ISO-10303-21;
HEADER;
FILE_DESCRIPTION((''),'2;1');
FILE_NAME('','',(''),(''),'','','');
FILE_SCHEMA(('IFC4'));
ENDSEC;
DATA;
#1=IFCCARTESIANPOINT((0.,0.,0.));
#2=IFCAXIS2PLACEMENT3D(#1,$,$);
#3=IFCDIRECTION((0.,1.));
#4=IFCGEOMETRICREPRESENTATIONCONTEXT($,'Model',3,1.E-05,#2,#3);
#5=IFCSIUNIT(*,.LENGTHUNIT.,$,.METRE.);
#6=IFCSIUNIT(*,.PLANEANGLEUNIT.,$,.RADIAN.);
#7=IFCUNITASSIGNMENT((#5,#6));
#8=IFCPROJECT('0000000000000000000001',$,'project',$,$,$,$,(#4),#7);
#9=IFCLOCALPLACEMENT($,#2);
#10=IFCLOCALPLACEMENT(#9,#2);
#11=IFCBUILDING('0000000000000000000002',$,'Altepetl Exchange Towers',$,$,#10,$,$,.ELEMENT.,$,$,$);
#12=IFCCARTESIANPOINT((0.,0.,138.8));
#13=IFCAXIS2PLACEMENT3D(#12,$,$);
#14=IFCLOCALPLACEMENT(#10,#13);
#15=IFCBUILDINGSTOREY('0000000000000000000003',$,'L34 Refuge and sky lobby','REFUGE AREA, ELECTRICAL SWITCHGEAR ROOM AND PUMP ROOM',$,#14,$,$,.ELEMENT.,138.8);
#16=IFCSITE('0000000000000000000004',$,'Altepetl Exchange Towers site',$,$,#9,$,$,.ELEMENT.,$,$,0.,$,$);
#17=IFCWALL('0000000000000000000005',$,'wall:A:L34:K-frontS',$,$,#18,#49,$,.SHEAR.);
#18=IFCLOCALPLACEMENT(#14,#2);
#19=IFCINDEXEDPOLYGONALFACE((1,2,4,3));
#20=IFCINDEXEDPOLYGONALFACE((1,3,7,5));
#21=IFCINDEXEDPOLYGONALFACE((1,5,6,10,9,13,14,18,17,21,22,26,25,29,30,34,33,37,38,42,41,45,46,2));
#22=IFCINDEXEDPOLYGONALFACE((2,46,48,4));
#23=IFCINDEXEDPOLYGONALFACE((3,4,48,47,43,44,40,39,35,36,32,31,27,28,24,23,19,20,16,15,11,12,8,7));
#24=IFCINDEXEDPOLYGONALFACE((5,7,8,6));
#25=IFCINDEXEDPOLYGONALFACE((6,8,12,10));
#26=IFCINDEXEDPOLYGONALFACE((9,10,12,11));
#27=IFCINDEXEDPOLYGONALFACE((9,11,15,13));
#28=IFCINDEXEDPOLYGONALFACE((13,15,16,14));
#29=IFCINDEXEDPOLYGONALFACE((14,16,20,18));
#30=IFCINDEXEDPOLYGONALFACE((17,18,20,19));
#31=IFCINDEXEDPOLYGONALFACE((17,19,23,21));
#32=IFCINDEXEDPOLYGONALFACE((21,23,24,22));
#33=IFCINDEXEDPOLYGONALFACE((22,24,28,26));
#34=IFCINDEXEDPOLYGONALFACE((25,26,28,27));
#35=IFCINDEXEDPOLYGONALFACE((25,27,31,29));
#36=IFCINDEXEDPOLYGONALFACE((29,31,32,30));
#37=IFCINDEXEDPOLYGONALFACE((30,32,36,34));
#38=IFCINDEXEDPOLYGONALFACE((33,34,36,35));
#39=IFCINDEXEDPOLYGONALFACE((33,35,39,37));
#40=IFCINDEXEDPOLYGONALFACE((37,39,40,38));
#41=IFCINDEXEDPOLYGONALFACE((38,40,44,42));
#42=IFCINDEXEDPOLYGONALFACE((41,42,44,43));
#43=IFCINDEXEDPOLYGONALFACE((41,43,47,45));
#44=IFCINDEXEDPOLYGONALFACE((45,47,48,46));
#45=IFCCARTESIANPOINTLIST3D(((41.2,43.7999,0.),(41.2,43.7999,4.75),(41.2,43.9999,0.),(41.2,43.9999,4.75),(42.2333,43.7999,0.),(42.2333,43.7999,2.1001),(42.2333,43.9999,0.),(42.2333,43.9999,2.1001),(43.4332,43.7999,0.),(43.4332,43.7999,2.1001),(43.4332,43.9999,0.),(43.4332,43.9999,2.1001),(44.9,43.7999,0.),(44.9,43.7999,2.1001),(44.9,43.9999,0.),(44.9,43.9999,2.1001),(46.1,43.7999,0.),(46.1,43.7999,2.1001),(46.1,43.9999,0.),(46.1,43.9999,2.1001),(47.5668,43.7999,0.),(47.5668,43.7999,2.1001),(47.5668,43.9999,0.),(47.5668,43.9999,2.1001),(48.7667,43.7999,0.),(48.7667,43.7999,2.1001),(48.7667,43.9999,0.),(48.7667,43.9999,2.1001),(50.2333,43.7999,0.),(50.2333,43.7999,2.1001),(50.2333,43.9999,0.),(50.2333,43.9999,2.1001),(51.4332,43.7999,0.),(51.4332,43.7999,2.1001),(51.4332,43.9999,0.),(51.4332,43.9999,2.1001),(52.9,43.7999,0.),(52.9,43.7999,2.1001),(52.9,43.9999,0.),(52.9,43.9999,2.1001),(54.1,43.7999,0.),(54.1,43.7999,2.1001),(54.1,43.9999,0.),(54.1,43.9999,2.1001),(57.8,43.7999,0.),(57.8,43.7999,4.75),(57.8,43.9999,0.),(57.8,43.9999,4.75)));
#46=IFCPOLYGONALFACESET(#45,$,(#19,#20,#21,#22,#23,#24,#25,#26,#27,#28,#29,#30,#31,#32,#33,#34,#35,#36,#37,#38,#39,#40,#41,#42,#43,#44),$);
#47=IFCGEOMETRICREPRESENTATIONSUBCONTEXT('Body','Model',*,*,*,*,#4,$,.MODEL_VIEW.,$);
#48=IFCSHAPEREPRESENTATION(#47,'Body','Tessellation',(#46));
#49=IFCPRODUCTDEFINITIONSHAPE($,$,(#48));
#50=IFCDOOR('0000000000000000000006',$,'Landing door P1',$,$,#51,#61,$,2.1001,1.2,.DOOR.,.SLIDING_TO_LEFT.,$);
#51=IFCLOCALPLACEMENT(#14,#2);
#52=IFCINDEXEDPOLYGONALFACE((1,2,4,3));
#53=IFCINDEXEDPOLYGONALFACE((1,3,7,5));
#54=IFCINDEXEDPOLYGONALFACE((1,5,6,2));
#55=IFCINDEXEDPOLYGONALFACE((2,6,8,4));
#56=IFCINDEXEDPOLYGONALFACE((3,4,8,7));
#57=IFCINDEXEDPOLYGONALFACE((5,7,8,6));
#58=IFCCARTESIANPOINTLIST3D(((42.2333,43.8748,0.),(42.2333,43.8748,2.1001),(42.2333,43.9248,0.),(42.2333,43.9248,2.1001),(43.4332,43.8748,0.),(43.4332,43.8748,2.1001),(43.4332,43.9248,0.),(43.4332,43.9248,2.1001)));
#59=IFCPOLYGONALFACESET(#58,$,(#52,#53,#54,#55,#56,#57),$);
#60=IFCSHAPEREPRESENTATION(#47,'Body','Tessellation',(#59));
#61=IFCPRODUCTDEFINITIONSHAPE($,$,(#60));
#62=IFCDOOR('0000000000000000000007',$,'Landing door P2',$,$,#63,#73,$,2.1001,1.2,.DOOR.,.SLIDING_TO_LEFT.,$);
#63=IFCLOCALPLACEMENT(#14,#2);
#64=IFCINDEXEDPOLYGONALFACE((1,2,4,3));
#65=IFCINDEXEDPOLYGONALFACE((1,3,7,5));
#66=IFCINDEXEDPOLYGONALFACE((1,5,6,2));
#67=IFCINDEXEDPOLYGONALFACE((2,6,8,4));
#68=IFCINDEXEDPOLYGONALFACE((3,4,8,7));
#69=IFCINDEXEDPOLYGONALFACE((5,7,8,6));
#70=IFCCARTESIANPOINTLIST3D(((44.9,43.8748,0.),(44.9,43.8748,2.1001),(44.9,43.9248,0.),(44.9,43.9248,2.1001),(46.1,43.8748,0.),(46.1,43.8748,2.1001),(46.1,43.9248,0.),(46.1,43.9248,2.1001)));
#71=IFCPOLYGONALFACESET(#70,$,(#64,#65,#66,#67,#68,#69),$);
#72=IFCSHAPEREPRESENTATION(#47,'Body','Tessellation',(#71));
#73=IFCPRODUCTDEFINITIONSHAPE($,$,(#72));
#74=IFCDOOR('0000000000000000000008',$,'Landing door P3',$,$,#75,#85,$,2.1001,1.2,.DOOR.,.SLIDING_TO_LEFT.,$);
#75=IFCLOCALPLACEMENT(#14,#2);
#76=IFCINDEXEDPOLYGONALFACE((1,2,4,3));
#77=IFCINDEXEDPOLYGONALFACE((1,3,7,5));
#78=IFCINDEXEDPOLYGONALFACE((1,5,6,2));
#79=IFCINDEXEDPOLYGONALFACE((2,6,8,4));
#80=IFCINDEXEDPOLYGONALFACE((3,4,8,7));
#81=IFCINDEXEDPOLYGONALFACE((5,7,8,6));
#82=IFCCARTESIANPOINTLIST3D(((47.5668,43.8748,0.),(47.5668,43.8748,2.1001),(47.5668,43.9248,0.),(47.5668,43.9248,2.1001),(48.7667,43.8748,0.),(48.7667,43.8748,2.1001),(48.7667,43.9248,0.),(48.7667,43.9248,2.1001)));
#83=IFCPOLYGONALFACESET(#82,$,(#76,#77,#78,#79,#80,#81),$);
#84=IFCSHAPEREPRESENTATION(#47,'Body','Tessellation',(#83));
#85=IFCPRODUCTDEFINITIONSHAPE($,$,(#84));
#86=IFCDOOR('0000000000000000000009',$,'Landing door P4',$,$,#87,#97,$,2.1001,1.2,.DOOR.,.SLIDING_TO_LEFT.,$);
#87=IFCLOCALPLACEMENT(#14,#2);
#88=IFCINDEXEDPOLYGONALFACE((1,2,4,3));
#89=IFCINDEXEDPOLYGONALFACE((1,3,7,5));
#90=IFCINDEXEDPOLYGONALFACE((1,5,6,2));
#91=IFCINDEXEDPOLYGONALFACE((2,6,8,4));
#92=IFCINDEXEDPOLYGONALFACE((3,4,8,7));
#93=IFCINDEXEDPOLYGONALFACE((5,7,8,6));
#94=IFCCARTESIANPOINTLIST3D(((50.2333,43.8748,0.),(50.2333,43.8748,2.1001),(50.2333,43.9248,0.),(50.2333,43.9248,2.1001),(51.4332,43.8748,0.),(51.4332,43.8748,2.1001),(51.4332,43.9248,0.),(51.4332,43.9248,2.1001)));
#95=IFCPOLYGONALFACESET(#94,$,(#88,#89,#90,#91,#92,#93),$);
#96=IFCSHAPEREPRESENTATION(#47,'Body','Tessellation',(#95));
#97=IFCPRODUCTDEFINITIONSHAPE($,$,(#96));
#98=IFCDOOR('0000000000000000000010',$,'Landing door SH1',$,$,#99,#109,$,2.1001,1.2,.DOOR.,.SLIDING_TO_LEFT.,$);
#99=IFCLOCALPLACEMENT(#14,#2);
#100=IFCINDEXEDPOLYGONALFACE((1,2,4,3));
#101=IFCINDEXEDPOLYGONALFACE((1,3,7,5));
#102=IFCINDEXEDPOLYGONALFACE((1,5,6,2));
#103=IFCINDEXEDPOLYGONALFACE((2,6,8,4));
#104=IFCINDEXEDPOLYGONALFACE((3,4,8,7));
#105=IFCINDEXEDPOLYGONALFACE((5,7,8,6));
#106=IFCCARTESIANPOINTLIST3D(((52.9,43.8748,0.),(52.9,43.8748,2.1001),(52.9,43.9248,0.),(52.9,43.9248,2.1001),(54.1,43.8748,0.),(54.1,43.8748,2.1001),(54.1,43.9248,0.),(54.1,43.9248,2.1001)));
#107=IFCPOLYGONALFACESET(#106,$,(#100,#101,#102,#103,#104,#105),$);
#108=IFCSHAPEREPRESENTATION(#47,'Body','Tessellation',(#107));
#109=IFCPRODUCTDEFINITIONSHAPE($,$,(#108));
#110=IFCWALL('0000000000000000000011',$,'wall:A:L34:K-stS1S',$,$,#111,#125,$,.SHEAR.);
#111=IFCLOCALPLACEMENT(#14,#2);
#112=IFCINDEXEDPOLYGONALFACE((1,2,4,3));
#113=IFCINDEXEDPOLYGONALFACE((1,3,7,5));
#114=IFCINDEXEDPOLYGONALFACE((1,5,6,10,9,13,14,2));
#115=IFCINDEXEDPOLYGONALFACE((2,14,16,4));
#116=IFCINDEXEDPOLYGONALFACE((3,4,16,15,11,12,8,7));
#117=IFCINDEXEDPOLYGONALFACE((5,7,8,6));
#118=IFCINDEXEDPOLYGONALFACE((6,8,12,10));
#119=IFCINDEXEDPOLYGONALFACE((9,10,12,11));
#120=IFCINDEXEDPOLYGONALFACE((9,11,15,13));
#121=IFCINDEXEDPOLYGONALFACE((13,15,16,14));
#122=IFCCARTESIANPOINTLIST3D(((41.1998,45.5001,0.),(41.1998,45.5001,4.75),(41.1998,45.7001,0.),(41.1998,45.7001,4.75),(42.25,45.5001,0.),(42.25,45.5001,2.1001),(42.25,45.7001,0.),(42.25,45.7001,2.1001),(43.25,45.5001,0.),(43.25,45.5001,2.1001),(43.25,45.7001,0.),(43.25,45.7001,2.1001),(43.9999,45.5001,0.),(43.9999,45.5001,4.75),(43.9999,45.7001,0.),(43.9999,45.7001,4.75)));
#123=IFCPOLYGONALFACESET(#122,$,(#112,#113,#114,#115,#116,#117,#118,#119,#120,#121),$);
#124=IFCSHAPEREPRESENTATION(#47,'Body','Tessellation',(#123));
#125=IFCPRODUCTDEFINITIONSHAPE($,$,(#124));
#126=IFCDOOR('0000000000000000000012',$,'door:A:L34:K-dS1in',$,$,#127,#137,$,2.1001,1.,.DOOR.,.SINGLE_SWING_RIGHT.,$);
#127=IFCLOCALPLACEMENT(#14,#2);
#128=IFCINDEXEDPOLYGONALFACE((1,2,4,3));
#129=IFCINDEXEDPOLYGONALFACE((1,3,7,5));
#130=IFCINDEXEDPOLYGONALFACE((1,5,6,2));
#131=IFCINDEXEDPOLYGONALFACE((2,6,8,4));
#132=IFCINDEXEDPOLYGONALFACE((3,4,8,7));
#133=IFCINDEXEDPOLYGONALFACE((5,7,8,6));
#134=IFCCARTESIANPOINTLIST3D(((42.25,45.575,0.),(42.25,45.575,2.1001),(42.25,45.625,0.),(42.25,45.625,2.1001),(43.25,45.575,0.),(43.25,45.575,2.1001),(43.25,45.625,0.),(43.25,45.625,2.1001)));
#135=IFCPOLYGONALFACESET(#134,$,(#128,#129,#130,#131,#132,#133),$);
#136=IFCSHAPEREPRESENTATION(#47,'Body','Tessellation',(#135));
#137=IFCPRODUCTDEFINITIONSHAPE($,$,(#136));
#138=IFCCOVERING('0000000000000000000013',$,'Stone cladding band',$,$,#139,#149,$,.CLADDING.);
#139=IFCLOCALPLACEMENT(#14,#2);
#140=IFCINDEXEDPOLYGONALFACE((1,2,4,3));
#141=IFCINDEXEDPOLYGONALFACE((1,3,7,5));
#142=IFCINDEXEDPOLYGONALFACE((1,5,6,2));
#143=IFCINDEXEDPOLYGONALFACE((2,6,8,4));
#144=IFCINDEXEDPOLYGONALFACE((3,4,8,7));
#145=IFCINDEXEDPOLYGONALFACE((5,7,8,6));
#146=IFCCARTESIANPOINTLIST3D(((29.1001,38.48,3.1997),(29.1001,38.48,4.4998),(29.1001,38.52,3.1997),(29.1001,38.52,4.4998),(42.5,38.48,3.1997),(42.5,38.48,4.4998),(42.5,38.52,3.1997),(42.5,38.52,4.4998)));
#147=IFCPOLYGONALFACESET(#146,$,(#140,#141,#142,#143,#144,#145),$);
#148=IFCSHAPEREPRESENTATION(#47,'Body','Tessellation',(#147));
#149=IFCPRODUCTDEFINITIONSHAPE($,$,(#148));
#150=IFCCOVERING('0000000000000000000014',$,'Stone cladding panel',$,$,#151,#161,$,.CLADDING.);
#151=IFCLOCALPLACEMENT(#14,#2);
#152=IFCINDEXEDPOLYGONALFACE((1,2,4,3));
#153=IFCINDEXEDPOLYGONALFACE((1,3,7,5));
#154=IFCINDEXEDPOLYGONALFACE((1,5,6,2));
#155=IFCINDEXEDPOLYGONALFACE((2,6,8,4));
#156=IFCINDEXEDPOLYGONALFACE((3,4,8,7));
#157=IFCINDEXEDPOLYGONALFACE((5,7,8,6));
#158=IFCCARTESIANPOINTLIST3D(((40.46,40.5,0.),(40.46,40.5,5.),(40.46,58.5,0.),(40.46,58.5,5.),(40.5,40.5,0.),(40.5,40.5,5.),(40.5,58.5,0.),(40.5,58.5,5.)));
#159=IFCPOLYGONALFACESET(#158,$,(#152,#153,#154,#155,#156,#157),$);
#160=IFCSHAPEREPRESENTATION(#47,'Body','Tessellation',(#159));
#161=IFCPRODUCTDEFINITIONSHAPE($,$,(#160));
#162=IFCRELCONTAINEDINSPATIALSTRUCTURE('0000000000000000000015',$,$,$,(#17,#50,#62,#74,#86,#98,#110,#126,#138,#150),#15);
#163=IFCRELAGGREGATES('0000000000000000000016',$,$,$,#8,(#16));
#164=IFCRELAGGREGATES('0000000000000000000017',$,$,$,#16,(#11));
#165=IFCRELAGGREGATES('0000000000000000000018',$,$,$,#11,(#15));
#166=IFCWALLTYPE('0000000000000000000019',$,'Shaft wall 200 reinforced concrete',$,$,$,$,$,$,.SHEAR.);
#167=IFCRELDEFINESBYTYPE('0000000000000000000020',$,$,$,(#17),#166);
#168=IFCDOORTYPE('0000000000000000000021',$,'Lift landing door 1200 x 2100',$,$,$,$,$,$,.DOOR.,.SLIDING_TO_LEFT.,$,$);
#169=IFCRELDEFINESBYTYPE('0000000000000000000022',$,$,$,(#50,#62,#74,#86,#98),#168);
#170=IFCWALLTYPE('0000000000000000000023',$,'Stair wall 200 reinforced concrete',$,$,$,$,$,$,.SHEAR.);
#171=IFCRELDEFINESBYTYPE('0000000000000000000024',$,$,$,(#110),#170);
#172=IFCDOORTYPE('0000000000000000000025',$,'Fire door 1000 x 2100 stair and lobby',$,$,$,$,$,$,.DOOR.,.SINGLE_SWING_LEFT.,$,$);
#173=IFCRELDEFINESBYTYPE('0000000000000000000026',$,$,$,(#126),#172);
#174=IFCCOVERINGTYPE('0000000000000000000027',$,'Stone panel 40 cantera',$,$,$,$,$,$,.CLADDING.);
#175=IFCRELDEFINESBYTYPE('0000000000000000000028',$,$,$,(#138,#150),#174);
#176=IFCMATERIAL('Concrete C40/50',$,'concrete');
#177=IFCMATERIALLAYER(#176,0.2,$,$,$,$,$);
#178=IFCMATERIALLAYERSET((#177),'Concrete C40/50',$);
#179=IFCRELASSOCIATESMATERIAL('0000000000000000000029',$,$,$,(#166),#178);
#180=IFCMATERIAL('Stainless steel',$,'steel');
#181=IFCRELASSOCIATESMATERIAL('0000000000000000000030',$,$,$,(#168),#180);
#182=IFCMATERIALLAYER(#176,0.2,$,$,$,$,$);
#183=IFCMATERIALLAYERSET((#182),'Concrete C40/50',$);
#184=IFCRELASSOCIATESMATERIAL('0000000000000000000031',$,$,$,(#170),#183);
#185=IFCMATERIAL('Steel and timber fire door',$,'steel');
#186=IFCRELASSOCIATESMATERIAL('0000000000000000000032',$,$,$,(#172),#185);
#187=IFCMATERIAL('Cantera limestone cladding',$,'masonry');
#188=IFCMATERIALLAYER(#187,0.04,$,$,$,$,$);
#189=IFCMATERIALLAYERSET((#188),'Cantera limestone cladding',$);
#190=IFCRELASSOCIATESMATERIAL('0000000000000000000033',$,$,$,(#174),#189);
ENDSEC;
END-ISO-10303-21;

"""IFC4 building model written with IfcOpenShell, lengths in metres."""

from ifc_helpers import new_model, si_unit, direction, frame, frame_2d, origin, origin_2d, place, context, subcontext, project, spatial, rectangle, extrude, material, layer, layer_set, type_object, element, fill, save


model = new_model("IFC4")

# Units and contexts
model_context = context("Model", 3, precision=1e-05, world=origin(), true_north=direction((0.0, 1.0)))
body_context = subcontext(model_context, "Body", "Model", "MODEL_VIEW")
ifc_project = project(units=[si_unit("LENGTHUNIT", "METRE"), si_unit("PLANEANGLEUNIT", "RADIAN")], contexts=[model_context])

# Site, building, storey
site_placement = place(None, origin())
site = spatial("IfcSite", under=ifc_project, at=site_placement, Name="Altepetl Exchange Towers site", CompositionType="ELEMENT", RefElevation=0.0)
building_placement = place(site_placement, origin())
building = spatial("IfcBuilding", under=site, at=building_placement, Name="Altepetl Exchange Towers", CompositionType="ELEMENT")
storey_placement = place(building_placement, frame((0.0, 0.0, 138.8)))
storey = spatial("IfcBuildingStorey", under=building, at=storey_placement, Name="L34 Refuge and sky lobby", Description="REFUGE AREA, ELECTRICAL SWITCHGEAR ROOM AND PUMP ROOM", CompositionType="ELEMENT", Elevation=138.8)

# Shared definitions
ifc_material_1 = material(Name="Cantera limestone cladding", Category="masonry")

# Wall, openings, doors
ifc_material_2 = material(Name="Concrete C40/50", Category="concrete")
ifc_layer_1 = layer(ifc_material_2, 0.2)
ifc_layer_set_1 = layer_set([ifc_layer_1], Name="Concrete C40/50")
wall_type_1 = type_object("IfcWallType", Name="Shaft wall 200 reinforced concrete", PredefinedType="SHEAR", material=ifc_layer_set_1)
wall_1_placement = place(storey_placement, frame((41.2, 43.8999, 0.0)))
wall_1 = element("IfcWall", 1, at=wall_1_placement, inside=storey, type_object=wall_type_1, Name="wall:A:L34:K-frontS", PredefinedType="SHEAR", context=body_context, shape_type="SweptSolid", body=[
    extrude(rectangle(XDim=16.6001, YDim=0.2, at=frame_2d((8.3, 0.0))), origin(), (0.0, 0.0, 1.0), 4.75),
])
opening_1_placement = place(wall_1_placement, frame((1.0332, 0.0, 0.0)))
opening_1 = element("IfcOpeningElement", 2, at=opening_1_placement, cuts=wall_1, PredefinedType="OPENING", context=body_context, shape_type="SweptSolid", body=[
    extrude(rectangle(XDim=1.2, YDim=2.1001, at=frame_2d((0.6001, 1.05))), frame((0.0, 0.1099, 0.0), z_axis=(0.0, -1.0, 0.0), x_axis=(1.0, 0.0, 0.0)), (0.0, 0.0, 1.0), 0.22),
])
opening_2_placement = place(wall_1_placement, frame((3.7, 0.0, 0.0)))
opening_2 = element("IfcOpeningElement", 3, at=opening_2_placement, cuts=wall_1, PredefinedType="OPENING", context=body_context, shape_type="SweptSolid", body=[
    extrude(rectangle(XDim=1.2, YDim=2.1001, at=frame_2d((0.6001, 1.05))), frame((0.0, 0.1099, 0.0), z_axis=(0.0, -1.0, 0.0), x_axis=(1.0, 0.0, 0.0)), (0.0, 0.0, 1.0), 0.22),
])
opening_3_placement = place(wall_1_placement, frame((6.3667, 0.0, 0.0)))
opening_3 = element("IfcOpeningElement", 4, at=opening_3_placement, cuts=wall_1, PredefinedType="OPENING", context=body_context, shape_type="SweptSolid", body=[
    extrude(rectangle(XDim=1.2, YDim=2.1001, at=frame_2d((0.6001, 1.05))), frame((0.0, 0.1099, 0.0), z_axis=(0.0, -1.0, 0.0), x_axis=(1.0, 0.0, 0.0)), (0.0, 0.0, 1.0), 0.22),
])
opening_4_placement = place(wall_1_placement, frame((9.0332, 0.0, 0.0)))
opening_4 = element("IfcOpeningElement", 5, at=opening_4_placement, cuts=wall_1, PredefinedType="OPENING", context=body_context, shape_type="SweptSolid", body=[
    extrude(rectangle(XDim=1.2, YDim=2.1001, at=frame_2d((0.6001, 1.05))), frame((0.0, 0.1099, 0.0), z_axis=(0.0, -1.0, 0.0), x_axis=(1.0, 0.0, 0.0)), (0.0, 0.0, 1.0), 0.22),
])
opening_5_placement = place(wall_1_placement, frame((11.7, 0.0, 0.0)))
opening_5 = element("IfcOpeningElement", 6, at=opening_5_placement, cuts=wall_1, PredefinedType="OPENING", context=body_context, shape_type="SweptSolid", body=[
    extrude(rectangle(XDim=1.2, YDim=2.1001, at=frame_2d((0.6001, 1.05))), frame((0.0, 0.1099, 0.0), z_axis=(0.0, -1.0, 0.0), x_axis=(1.0, 0.0, 0.0)), (0.0, 0.0, 1.0), 0.22),
])
ifc_material_3 = material(Name="Stainless steel", Category="steel")
door_type_1 = type_object("IfcDoorType", Name="Lift landing door 1200 x 2100", OperationType="SLIDING_TO_LEFT", PredefinedType="DOOR", material=ifc_material_3)
door_1_placement = place(opening_1_placement, origin())
door_1 = element("IfcDoor", 7, at=door_1_placement, inside=storey, type_object=door_type_1, Name="Landing door P1", OperationType="SLIDING_TO_LEFT", OverallHeight=2.1001, OverallWidth=1.2, PredefinedType="DOOR", context=body_context, shape_type="SweptSolid", body=[
    extrude(rectangle(XDim=1.2, YDim=2.1001, at=frame_2d((0.6001, 1.05))), frame((0.0, 0.0249, 0.0), z_axis=(0.0, -1.0, 0.0), x_axis=(1.0, 0.0, 0.0)), (0.0, 0.0, 1.0), 0.05),
])
fill(opening_1, door_1)
door_2_placement = place(opening_2_placement, origin())
door_2 = element("IfcDoor", 8, at=door_2_placement, inside=storey, type_object=door_type_1, Name="Landing door P2", OperationType="SLIDING_TO_LEFT", OverallHeight=2.1001, OverallWidth=1.2, PredefinedType="DOOR", context=body_context, shape_type="SweptSolid", body=[
    extrude(rectangle(XDim=1.2, YDim=2.1001, at=frame_2d((0.6001, 1.05))), frame((0.0, 0.0249, 0.0), z_axis=(0.0, -1.0, 0.0), x_axis=(1.0, 0.0, 0.0)), (0.0, 0.0, 1.0), 0.05),
])
fill(opening_2, door_2)
door_3_placement = place(opening_3_placement, origin())
door_3 = element("IfcDoor", 9, at=door_3_placement, inside=storey, type_object=door_type_1, Name="Landing door P3", OperationType="SLIDING_TO_LEFT", OverallHeight=2.1001, OverallWidth=1.2, PredefinedType="DOOR", context=body_context, shape_type="SweptSolid", body=[
    extrude(rectangle(XDim=1.2, YDim=2.1001, at=frame_2d((0.6001, 1.05))), frame((0.0, 0.0249, 0.0), z_axis=(0.0, -1.0, 0.0), x_axis=(1.0, 0.0, 0.0)), (0.0, 0.0, 1.0), 0.05),
])
fill(opening_3, door_3)
door_4_placement = place(opening_4_placement, origin())
door_4 = element("IfcDoor", 10, at=door_4_placement, inside=storey, type_object=door_type_1, Name="Landing door P4", OperationType="SLIDING_TO_LEFT", OverallHeight=2.1001, OverallWidth=1.2, PredefinedType="DOOR", context=body_context, shape_type="SweptSolid", body=[
    extrude(rectangle(XDim=1.2, YDim=2.1001, at=frame_2d((0.6001, 1.05))), frame((0.0, 0.0249, 0.0), z_axis=(0.0, -1.0, 0.0), x_axis=(1.0, 0.0, 0.0)), (0.0, 0.0, 1.0), 0.05),
])
fill(opening_4, door_4)
door_5_placement = place(opening_5_placement, origin())
door_5 = element("IfcDoor", 11, at=door_5_placement, inside=storey, type_object=door_type_1, Name="Landing door SH1", OperationType="SLIDING_TO_LEFT", OverallHeight=2.1001, OverallWidth=1.2, PredefinedType="DOOR", context=body_context, shape_type="SweptSolid", body=[
    extrude(rectangle(XDim=1.2, YDim=2.1001, at=frame_2d((0.6001, 1.05))), frame((0.0, 0.0249, 0.0), z_axis=(0.0, -1.0, 0.0), x_axis=(1.0, 0.0, 0.0)), (0.0, 0.0, 1.0), 0.05),
])
fill(opening_5, door_5)

# Wall, opening, door
ifc_layer_2 = layer(ifc_material_2, 0.2)
ifc_layer_set_2 = layer_set([ifc_layer_2], Name="Concrete C40/50")
wall_type_2 = type_object("IfcWallType", Name="Stair wall 200 reinforced concrete", PredefinedType="SHEAR", material=ifc_layer_set_2)
wall_2_placement = place(storey_placement, frame((41.2, 45.6001, 0.0)))
wall_2 = element("IfcWall", 12, at=wall_2_placement, inside=storey, type_object=wall_type_2, Name="wall:A:L34:K-stS1S", PredefinedType="SHEAR", context=body_context, shape_type="SweptSolid", body=[
    extrude(rectangle(XDim=2.8, YDim=0.2, at=frame_2d((1.3999, 0.0))), origin(), (0.0, 0.0, 1.0), 4.75),
])
opening_6_placement = place(wall_2_placement, frame((1.05, 0.0, 0.0)))
opening_6 = element("IfcOpeningElement", 13, at=opening_6_placement, cuts=wall_2, PredefinedType="OPENING", context=body_context, shape_type="SweptSolid", body=[
    extrude(rectangle(XDim=1.0, YDim=2.1001, at=frame_2d((0.5, 1.05))), frame((0.0, 0.1099, 0.0), z_axis=(0.0, -1.0, 0.0), x_axis=(1.0, 0.0, 0.0)), (0.0, 0.0, 1.0), 0.22),
])
ifc_material_4 = material(Name="Steel and timber fire door", Category="steel")
door_type_2 = type_object("IfcDoorType", Name="Fire door 1000 x 2100 stair and lobby", OperationType="SINGLE_SWING_LEFT", PredefinedType="DOOR", material=ifc_material_4)
door_6_placement = place(opening_6_placement, origin())
door_6 = element("IfcDoor", 14, at=door_6_placement, inside=storey, type_object=door_type_2, Name="door:A:L34:K-dS1in", OperationType="SINGLE_SWING_RIGHT", OverallHeight=2.1001, OverallWidth=1.0, PredefinedType="DOOR", context=body_context, shape_type="SweptSolid", body=[
    extrude(rectangle(XDim=1.0, YDim=2.1001, at=frame_2d((0.5, 1.05))), frame((0.0, 0.0249, 0.0), z_axis=(0.0, -1.0, 0.0), x_axis=(1.0, 0.0, 0.0)), (0.0, 0.0, 1.0), 0.05),
])
fill(opening_6, door_6)

# Coverings
ifc_layer_3 = layer(ifc_material_1, 0.04)
ifc_layer_set_3 = layer_set([ifc_layer_3], Name="Cantera limestone cladding")
covering_type = type_object("IfcCoveringType", Name="Stone panel 40 cantera", PredefinedType="CLADDING", material=ifc_layer_set_3)
covering_1_placement = place(storey_placement, frame((35.8, 38.5, 3.1997), z_axis=(0.0, 0.0, 1.0), x_axis=(-1.0, 0.0, 0.0)))
element("IfcCovering", 15, at=covering_1_placement, inside=storey, type_object=covering_type, Name="Stone cladding band", PredefinedType="CLADDING", context=body_context, shape_type="SweptSolid", body=[
    extrude(rectangle(XDim=13.3999, YDim=0.04, at=origin_2d()), origin(), (0.0, 0.0, 1.0), 1.3),
])
covering_2_placement = place(storey_placement, frame((40.48, 49.5, 0.0), z_axis=(0.0, 0.0, 1.0), x_axis=(0.0, -1.0, 0.0)))
element("IfcCovering", 16, at=covering_2_placement, inside=storey, type_object=covering_type, Name="Stone cladding panel", PredefinedType="CLADDING", context=body_context, shape_type="SweptSolid", body=[
    extrude(rectangle(XDim=18.0, YDim=0.04, at=origin_2d()), origin(), (0.0, 0.0, 1.0), 5.0),
])

save(model, "model.ifc")
